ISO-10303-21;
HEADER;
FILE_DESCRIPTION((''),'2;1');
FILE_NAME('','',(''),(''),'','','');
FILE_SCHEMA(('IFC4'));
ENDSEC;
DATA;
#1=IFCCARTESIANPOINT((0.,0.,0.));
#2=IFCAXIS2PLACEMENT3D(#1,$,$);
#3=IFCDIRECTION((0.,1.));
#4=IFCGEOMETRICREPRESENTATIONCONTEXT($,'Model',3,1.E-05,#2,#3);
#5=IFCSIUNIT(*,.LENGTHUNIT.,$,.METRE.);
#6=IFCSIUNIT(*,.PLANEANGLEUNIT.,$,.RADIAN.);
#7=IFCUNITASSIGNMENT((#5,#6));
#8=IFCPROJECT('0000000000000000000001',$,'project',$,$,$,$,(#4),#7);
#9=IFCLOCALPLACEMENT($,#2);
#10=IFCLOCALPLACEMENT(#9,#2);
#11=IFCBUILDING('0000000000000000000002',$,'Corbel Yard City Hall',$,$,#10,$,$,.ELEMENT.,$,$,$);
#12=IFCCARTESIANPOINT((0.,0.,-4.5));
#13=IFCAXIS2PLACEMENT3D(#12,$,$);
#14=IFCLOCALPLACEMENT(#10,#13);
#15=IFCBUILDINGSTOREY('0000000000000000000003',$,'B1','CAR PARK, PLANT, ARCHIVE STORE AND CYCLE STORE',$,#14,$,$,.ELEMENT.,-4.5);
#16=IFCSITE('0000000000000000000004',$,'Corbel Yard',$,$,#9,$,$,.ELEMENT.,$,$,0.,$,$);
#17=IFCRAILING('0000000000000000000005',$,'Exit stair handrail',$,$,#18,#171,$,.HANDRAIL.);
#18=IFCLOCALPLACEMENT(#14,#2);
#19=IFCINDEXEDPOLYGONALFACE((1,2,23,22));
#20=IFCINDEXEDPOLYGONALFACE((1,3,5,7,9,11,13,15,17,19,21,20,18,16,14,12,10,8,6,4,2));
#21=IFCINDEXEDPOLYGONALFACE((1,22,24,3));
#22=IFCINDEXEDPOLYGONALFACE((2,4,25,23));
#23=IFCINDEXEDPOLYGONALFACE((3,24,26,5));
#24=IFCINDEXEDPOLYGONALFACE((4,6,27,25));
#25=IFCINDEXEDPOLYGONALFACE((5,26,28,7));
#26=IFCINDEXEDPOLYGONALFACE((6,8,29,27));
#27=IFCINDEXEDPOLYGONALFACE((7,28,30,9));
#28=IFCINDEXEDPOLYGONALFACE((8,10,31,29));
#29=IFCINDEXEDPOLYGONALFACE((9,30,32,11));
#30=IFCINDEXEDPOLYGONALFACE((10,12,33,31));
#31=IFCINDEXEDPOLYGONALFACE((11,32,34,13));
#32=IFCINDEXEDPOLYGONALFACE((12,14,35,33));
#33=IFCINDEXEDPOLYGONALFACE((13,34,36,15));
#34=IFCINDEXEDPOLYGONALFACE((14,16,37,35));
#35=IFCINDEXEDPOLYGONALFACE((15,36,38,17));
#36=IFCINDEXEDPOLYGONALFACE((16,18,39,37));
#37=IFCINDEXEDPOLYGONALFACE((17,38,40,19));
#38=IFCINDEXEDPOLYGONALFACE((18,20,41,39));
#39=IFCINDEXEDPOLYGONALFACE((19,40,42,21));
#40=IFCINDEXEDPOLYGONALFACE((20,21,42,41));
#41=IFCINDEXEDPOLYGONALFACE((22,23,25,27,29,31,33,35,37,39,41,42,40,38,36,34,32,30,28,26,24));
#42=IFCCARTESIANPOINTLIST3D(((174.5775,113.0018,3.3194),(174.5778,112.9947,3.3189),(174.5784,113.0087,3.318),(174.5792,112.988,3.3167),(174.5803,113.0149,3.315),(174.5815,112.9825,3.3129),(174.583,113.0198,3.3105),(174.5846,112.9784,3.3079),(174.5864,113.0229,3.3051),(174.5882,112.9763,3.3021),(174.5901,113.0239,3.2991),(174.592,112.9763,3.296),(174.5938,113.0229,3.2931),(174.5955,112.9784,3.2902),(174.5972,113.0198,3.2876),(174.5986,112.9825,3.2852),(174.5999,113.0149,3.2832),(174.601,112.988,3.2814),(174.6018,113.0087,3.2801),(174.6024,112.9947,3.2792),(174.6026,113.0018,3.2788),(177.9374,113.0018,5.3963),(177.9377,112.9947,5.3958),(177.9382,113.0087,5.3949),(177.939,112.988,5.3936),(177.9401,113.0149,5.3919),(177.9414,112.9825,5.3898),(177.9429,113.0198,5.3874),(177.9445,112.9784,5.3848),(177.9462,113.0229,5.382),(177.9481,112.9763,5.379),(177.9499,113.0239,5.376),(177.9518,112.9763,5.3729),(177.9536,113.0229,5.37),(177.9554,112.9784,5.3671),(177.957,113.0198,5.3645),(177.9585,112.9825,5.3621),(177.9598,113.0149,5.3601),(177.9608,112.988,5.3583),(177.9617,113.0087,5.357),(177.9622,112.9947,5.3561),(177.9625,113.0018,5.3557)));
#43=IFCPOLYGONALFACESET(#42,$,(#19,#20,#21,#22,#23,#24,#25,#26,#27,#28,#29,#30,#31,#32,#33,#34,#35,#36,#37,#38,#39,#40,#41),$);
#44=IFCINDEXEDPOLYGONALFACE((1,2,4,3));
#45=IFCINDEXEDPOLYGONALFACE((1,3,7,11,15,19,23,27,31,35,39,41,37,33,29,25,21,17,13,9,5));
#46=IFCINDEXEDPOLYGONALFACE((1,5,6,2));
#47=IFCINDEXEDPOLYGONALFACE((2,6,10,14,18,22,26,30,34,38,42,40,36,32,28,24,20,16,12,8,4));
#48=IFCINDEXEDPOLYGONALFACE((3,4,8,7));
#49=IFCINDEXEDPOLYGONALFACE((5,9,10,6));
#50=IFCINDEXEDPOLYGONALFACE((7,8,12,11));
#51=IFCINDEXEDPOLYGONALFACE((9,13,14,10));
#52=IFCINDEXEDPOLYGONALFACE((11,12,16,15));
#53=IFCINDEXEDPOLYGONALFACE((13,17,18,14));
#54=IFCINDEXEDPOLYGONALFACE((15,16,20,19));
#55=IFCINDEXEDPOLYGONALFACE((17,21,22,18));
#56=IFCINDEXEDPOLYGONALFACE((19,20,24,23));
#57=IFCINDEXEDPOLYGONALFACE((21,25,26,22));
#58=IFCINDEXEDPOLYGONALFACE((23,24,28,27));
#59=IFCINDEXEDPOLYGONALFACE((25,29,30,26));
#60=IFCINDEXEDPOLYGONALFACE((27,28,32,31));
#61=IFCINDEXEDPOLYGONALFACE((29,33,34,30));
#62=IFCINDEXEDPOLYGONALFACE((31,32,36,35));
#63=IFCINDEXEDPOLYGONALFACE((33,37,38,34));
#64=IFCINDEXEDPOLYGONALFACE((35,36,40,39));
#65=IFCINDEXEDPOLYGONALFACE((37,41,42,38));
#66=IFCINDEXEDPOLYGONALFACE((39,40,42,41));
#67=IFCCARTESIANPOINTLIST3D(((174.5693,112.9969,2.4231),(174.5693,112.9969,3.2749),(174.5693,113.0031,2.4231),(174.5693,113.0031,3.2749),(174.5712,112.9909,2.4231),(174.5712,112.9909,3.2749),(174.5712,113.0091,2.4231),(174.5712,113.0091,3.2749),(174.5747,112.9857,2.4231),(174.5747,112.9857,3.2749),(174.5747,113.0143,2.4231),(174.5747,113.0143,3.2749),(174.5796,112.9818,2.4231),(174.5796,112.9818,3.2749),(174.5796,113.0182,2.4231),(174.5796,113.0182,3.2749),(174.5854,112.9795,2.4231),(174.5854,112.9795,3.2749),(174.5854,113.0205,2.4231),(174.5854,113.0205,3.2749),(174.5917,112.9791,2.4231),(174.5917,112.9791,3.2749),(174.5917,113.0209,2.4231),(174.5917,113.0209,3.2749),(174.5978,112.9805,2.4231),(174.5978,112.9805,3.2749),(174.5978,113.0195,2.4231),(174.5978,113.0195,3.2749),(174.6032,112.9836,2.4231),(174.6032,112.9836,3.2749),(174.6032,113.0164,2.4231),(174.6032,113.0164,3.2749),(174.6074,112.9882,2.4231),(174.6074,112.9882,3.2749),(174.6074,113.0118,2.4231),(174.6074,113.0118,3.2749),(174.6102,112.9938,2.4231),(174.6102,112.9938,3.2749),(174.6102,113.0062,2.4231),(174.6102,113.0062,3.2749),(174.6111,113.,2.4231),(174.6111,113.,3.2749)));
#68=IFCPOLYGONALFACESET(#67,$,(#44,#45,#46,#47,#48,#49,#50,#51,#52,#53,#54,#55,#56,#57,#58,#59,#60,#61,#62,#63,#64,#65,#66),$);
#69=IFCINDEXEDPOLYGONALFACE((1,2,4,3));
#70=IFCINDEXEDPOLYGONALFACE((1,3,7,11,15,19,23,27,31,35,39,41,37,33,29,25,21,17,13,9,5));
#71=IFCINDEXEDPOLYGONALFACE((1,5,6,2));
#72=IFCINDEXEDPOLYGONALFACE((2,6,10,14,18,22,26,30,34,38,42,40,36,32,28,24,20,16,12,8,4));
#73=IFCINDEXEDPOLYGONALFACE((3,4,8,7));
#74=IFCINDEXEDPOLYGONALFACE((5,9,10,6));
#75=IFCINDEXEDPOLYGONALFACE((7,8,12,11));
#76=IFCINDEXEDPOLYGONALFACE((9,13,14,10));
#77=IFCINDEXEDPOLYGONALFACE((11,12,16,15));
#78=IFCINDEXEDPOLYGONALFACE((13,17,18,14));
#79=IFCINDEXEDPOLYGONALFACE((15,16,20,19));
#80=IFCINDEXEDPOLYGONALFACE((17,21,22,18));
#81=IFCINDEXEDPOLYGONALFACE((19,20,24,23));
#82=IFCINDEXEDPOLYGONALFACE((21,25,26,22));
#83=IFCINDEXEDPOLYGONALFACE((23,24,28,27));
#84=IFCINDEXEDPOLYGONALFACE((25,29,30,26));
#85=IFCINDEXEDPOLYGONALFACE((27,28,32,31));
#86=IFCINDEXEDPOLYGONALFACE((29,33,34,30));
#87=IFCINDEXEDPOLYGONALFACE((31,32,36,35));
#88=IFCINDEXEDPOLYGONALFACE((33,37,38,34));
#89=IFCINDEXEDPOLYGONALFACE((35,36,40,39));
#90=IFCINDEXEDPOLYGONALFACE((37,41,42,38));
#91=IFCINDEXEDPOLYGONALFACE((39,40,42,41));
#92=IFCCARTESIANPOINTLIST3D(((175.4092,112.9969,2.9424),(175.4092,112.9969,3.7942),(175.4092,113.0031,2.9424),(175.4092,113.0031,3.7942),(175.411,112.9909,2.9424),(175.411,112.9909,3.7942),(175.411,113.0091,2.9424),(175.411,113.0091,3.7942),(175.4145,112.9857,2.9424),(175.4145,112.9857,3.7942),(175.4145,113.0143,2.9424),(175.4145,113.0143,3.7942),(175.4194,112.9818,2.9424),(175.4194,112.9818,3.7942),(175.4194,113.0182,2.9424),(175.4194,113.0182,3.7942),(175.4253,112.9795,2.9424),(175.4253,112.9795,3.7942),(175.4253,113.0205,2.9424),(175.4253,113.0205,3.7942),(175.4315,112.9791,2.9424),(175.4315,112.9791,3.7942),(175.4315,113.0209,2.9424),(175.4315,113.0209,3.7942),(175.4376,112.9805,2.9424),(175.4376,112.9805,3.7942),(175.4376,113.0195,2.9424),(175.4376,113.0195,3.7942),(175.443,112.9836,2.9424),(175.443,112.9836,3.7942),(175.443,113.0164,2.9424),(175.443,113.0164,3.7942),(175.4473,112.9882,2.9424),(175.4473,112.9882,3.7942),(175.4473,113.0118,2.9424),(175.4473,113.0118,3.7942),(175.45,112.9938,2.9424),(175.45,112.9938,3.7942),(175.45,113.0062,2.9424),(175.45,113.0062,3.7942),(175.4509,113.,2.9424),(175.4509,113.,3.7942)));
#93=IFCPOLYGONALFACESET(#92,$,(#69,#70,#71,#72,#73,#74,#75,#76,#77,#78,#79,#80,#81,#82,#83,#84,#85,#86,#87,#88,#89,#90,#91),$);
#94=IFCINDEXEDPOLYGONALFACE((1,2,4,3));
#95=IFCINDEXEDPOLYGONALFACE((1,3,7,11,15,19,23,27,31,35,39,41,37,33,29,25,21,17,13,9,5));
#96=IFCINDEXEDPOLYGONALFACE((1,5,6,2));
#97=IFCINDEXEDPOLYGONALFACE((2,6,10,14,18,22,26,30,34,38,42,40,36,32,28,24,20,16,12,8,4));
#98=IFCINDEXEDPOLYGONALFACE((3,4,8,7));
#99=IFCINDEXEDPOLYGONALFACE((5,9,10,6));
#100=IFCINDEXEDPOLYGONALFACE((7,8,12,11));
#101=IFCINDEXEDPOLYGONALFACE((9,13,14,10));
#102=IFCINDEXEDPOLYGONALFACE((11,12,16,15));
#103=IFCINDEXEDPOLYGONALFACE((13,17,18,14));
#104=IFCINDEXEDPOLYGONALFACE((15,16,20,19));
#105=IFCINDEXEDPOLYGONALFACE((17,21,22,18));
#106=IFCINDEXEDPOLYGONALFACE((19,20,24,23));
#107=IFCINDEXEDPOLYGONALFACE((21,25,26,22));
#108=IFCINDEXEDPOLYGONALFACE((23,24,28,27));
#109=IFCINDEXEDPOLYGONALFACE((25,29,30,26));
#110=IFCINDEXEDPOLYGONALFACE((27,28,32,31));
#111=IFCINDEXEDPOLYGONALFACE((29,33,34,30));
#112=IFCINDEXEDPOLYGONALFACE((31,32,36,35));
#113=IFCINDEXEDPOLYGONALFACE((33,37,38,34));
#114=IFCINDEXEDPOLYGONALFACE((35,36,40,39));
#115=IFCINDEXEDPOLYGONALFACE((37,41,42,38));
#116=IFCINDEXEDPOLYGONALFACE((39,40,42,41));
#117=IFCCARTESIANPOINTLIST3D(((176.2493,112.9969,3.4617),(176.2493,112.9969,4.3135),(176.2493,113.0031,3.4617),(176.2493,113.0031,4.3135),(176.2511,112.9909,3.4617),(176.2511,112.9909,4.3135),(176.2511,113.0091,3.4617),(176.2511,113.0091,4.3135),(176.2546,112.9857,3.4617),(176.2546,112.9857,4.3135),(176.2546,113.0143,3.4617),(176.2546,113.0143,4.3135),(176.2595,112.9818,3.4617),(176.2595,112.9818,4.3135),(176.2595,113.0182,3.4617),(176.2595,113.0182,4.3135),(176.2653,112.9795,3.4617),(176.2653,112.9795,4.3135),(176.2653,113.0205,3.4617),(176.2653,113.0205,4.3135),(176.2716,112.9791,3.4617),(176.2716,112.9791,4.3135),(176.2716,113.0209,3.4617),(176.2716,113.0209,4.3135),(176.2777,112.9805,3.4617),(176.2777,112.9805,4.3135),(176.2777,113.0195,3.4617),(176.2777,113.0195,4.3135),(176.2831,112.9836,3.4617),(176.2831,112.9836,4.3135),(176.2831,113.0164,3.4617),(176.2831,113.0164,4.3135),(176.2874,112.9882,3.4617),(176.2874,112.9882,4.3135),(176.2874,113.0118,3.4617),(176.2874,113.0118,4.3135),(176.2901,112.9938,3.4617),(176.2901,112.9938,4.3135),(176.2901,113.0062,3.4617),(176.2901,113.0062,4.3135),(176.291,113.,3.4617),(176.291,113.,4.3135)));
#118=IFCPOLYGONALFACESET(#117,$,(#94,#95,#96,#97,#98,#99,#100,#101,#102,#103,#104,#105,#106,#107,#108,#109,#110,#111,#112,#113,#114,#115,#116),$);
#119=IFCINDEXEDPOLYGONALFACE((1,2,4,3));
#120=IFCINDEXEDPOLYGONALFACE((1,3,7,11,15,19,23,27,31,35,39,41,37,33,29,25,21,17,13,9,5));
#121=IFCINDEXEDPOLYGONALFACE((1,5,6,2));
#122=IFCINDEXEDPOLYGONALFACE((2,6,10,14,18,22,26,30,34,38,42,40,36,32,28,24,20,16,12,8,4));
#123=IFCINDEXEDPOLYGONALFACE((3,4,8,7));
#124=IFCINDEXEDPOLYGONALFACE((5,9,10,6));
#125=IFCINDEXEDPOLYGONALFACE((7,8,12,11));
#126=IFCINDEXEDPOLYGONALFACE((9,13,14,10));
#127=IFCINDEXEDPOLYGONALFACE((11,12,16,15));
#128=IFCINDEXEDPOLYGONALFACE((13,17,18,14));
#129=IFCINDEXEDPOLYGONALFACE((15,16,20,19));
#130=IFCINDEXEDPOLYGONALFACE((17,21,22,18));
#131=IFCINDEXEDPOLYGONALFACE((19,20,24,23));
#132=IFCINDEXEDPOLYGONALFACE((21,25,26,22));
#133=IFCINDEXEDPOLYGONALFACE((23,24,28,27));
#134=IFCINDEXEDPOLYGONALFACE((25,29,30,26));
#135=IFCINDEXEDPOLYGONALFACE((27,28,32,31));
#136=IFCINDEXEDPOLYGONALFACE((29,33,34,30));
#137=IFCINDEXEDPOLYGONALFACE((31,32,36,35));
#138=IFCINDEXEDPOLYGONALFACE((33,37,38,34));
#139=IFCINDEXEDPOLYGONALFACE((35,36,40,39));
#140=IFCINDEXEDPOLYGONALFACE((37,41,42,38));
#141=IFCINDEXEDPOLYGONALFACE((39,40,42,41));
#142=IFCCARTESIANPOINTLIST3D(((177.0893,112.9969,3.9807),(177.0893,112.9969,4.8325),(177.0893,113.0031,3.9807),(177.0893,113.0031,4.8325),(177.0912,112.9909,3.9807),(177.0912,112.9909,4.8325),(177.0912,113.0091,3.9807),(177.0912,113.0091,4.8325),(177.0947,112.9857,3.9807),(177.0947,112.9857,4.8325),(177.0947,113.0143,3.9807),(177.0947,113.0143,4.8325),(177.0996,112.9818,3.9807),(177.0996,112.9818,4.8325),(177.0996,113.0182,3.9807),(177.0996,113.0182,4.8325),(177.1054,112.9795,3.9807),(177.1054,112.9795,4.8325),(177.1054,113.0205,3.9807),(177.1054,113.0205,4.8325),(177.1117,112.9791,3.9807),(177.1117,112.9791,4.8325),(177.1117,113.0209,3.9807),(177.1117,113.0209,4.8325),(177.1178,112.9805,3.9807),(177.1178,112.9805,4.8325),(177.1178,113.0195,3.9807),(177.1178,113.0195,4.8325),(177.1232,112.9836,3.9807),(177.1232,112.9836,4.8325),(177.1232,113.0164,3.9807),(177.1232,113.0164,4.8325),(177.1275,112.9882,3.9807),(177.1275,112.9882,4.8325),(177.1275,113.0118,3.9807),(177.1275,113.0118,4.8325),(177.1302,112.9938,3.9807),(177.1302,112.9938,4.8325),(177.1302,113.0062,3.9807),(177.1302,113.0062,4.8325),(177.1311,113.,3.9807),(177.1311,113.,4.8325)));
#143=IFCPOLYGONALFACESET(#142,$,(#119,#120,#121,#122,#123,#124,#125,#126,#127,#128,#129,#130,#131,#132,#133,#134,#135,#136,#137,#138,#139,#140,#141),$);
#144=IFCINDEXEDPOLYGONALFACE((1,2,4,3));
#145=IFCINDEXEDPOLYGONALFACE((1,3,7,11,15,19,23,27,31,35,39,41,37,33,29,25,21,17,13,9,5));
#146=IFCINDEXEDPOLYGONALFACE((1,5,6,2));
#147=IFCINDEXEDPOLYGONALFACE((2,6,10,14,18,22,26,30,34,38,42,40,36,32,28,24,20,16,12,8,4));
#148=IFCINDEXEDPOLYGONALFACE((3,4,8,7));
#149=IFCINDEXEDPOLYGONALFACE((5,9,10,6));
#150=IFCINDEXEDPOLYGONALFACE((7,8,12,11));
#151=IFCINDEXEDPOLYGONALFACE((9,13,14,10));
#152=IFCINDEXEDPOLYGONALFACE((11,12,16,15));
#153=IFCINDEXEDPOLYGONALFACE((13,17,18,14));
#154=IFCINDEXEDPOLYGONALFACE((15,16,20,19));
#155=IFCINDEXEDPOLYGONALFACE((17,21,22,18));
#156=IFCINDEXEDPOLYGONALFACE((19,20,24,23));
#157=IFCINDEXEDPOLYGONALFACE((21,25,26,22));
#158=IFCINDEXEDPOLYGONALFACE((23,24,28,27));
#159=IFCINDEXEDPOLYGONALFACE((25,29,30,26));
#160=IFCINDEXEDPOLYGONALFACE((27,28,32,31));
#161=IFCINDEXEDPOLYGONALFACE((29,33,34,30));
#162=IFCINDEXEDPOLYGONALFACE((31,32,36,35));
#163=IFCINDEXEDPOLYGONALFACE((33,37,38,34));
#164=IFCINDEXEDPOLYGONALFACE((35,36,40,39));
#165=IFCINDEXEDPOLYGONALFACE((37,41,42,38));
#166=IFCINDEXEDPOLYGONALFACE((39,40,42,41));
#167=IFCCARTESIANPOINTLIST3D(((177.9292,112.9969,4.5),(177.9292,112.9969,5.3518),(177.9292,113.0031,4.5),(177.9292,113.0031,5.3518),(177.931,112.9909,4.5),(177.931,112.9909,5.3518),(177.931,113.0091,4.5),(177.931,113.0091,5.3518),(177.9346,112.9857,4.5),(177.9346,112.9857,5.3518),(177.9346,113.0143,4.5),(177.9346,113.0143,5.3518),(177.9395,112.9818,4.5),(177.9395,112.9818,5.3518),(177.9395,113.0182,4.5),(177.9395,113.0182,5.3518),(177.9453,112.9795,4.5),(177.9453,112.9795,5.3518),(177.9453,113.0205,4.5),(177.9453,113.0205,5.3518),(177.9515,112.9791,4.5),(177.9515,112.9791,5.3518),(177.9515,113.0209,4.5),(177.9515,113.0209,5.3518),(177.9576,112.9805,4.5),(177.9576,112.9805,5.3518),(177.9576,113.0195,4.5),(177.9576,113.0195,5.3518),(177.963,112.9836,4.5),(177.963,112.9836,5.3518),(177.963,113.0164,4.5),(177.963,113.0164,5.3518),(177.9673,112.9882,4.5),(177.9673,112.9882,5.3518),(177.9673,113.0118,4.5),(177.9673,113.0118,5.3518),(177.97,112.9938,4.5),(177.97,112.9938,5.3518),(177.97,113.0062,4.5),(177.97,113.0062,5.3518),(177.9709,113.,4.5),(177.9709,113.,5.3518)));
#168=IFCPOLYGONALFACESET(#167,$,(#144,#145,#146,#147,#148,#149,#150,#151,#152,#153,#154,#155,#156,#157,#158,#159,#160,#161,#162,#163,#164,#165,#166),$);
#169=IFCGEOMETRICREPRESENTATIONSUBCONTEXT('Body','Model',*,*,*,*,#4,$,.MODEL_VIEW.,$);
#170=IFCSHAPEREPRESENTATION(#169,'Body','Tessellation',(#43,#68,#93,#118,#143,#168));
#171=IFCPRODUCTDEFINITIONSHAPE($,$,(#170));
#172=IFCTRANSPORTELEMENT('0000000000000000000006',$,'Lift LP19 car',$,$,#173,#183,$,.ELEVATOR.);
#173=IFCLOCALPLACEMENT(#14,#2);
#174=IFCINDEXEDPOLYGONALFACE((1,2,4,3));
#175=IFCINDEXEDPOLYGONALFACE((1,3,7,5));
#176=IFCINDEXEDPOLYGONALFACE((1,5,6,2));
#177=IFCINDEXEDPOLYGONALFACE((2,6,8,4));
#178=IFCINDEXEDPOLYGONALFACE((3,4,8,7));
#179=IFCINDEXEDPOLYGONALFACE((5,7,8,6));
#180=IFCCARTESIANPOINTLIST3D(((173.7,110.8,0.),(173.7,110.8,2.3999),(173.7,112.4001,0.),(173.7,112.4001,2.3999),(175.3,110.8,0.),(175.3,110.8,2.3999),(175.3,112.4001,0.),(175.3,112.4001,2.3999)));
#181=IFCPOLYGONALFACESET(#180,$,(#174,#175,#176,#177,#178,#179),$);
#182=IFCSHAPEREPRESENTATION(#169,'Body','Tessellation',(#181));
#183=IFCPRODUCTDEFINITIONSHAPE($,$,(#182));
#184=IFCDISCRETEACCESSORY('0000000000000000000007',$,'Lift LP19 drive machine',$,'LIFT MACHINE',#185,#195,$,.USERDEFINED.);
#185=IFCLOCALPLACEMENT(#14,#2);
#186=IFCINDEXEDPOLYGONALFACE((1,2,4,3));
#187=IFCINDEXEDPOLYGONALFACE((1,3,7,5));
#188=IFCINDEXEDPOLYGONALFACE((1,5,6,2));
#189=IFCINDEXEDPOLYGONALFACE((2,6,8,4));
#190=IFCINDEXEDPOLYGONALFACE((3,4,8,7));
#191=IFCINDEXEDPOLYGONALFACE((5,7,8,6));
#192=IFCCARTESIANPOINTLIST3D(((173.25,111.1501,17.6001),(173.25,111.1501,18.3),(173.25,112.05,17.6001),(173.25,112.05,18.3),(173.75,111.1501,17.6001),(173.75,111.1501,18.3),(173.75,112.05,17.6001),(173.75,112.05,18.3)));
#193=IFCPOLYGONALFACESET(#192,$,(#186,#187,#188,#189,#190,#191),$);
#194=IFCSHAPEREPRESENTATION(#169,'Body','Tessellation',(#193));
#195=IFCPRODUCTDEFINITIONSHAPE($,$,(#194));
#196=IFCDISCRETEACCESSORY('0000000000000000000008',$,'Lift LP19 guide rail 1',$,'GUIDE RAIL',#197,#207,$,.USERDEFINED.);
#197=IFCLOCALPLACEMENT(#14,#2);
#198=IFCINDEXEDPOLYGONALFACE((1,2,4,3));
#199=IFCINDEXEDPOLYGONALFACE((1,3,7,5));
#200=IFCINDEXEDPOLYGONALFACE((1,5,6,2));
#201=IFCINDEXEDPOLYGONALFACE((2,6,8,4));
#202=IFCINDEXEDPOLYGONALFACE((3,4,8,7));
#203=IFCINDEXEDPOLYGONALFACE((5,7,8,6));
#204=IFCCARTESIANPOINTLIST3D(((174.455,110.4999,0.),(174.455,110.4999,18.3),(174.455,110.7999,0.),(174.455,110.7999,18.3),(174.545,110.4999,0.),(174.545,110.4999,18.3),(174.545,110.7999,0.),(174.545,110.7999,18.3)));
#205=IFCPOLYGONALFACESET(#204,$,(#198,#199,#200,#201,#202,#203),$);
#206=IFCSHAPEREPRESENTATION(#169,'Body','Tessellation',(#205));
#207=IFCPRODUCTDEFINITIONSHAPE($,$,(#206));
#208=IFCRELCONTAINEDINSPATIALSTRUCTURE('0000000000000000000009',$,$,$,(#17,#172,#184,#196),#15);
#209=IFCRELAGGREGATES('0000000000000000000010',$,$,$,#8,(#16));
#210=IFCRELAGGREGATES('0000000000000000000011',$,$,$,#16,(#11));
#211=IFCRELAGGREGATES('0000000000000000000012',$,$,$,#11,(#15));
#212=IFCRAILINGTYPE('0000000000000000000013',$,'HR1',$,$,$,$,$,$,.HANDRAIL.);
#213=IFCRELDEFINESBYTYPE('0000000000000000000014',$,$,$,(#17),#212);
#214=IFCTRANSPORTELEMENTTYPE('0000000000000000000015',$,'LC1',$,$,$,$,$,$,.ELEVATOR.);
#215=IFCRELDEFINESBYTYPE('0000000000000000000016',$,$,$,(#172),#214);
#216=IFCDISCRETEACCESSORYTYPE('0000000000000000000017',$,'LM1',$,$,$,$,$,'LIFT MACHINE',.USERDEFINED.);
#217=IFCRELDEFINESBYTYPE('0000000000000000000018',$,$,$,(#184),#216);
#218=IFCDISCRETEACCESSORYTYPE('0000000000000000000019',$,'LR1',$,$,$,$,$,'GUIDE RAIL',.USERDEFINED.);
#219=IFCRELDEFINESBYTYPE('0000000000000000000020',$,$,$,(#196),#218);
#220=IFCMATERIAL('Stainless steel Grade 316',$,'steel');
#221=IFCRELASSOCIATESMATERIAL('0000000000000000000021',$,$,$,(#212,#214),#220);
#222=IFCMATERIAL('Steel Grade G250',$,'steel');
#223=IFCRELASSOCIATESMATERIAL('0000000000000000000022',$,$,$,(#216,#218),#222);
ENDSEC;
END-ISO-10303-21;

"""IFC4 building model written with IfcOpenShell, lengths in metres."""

from ifc_helpers import new_model, si_unit, direction, frame, origin, origin_2d, place, context, subcontext, project, spatial, rectangle, circle, extrude, material, type_object, element, save


model = new_model("IFC4")

# Units and contexts
model_context = context("Model", 3, precision=1e-05, world=origin(), true_north=direction((0.0, 1.0)))
body_context = subcontext(model_context, "Body", "Model", "MODEL_VIEW")
ifc_project = project(units=[si_unit("LENGTHUNIT", "METRE"), si_unit("PLANEANGLEUNIT", "RADIAN")], contexts=[model_context])

# Site, building, storey
site_placement = place(None, origin())
site = spatial("IfcSite", under=ifc_project, at=site_placement, Name="Corbel Yard", CompositionType="ELEMENT", RefElevation=0.0)
building_placement = place(site_placement, origin())
building = spatial("IfcBuilding", under=site, at=building_placement, Name="Corbel Yard City Hall", CompositionType="ELEMENT")
storey_placement = place(building_placement, frame((0.0, 0.0, -4.5)))
storey = spatial("IfcBuildingStorey", under=building, at=storey_placement, Name="B1", Description="CAR PARK, PLANT, ARCHIVE STORE AND CYCLE STORE", CompositionType="ELEMENT", Elevation=-4.5)

# Shared definitions
ifc_material_1 = material(Name="Steel Grade G250", Category="steel")

# Shared definitions
ifc_material_2 = material(Name="Stainless steel Grade 316", Category="steel")

# Railing
railing_type = type_object("IfcRailingType", Name="HR1", PredefinedType="HANDRAIL", material=ifc_material_2)
for number, where, name in (
    (1, (174.5901, 113.0, 2.4231), "Exit stair handrail"),
):
    element("IfcRailing", number, at=place(storey_placement, frame(where)), inside=storey, type_object=railing_type, Name=name, PredefinedType="HANDRAIL", context=body_context, shape_type="SweptSolid", body=[
        extrude(circle(Radius=0.0239, at=origin_2d()), frame((0.0, 0.0, 0.876), z_axis=(0.850606, 0.0, 0.525803), x_axis=(0.0, 1.0, 0.0)), (0.0, 0.0, 1.0), 3.95),
        extrude(circle(Radius=0.021, at=origin_2d()), origin(), (0.0, 0.0, 1.0), 0.8518),
        extrude(circle(Radius=0.021, at=origin_2d()), frame((0.8398, 0.0, 0.5193)), (0.0, 0.0, 1.0), 0.8518),
        extrude(circle(Radius=0.021, at=origin_2d()), frame((1.6799, 0.0, 1.0386)), (0.0, 0.0, 1.0), 0.8518),
        extrude(circle(Radius=0.021, at=origin_2d()), frame((2.52, 0.0, 1.5576)), (0.0, 0.0, 1.0), 0.8518),
        extrude(circle(Radius=0.021, at=origin_2d()), frame((3.3599, 0.0, 2.0769)), (0.0, 0.0, 1.0), 0.8518),
    ])

# Transport element
transport_element_type = type_object("IfcTransportElementType", Name="LC1", PredefinedType="ELEVATOR", material=ifc_material_2)
transport_element_placement = place(storey_placement, frame((174.5, 111.6001, 0.0), z_axis=(0.0, 0.0, 1.0), x_axis=(0.0, 1.0, 0.0)))
element("IfcTransportElement", 2, at=transport_element_placement, inside=storey, type_object=transport_element_type, Name="Lift LP19 car", PredefinedType="ELEVATOR", context=body_context, shape_type="SweptSolid", body=[
    extrude(rectangle(XDim=1.6001, YDim=1.6001, at=origin_2d()), origin(), (0.0, 0.0, 1.0), 2.3999),
])

# Discrete accessories
discrete_accessory_type_1 = type_object("IfcDiscreteAccessoryType", Name="LM1", ElementType="LIFT MACHINE", PredefinedType="USERDEFINED", material=ifc_material_1)
discrete_accessory_placement = place(storey_placement, frame((173.5, 111.6001, 17.6001), z_axis=(0.0, 0.0, 1.0), x_axis=(1.0, 0.0, 0.0)))
element("IfcDiscreteAccessory", 3, at=discrete_accessory_placement, inside=storey, type_object=discrete_accessory_type_1, Name="Lift LP19 drive machine", ObjectType="LIFT MACHINE", PredefinedType="USERDEFINED", context=body_context, shape_type="SweptSolid", body=[
    extrude(rectangle(XDim=0.5, YDim=0.8999, at=origin_2d()), origin(), (0.0, 0.0, 1.0), 0.7),
])
discrete_accessory_type_2 = type_object("IfcDiscreteAccessoryType", Name="LR1", ElementType="GUIDE RAIL", PredefinedType="USERDEFINED", material=ifc_material_1)
for number, where, z_axis, x_axis, name in (
    (4, (174.5, 110.6499, 0.0), (0.0, 0.0, 1.0), (1.0, 0.0, 0.0), "Lift LP19 guide rail 1"),
):
    element("IfcDiscreteAccessory", number, at=place(storey_placement, frame(where, z_axis=z_axis, x_axis=x_axis)), inside=storey, type_object=discrete_accessory_type_2, Name=name, ObjectType="GUIDE RAIL", PredefinedType="USERDEFINED", context=body_context, shape_type="SweptSolid", body=[
        extrude(rectangle(XDim=0.0901, YDim=0.3, at=origin_2d()), origin(), (0.0, 0.0, 1.0), 18.3),
    ])

save(model, "model.ifc")
